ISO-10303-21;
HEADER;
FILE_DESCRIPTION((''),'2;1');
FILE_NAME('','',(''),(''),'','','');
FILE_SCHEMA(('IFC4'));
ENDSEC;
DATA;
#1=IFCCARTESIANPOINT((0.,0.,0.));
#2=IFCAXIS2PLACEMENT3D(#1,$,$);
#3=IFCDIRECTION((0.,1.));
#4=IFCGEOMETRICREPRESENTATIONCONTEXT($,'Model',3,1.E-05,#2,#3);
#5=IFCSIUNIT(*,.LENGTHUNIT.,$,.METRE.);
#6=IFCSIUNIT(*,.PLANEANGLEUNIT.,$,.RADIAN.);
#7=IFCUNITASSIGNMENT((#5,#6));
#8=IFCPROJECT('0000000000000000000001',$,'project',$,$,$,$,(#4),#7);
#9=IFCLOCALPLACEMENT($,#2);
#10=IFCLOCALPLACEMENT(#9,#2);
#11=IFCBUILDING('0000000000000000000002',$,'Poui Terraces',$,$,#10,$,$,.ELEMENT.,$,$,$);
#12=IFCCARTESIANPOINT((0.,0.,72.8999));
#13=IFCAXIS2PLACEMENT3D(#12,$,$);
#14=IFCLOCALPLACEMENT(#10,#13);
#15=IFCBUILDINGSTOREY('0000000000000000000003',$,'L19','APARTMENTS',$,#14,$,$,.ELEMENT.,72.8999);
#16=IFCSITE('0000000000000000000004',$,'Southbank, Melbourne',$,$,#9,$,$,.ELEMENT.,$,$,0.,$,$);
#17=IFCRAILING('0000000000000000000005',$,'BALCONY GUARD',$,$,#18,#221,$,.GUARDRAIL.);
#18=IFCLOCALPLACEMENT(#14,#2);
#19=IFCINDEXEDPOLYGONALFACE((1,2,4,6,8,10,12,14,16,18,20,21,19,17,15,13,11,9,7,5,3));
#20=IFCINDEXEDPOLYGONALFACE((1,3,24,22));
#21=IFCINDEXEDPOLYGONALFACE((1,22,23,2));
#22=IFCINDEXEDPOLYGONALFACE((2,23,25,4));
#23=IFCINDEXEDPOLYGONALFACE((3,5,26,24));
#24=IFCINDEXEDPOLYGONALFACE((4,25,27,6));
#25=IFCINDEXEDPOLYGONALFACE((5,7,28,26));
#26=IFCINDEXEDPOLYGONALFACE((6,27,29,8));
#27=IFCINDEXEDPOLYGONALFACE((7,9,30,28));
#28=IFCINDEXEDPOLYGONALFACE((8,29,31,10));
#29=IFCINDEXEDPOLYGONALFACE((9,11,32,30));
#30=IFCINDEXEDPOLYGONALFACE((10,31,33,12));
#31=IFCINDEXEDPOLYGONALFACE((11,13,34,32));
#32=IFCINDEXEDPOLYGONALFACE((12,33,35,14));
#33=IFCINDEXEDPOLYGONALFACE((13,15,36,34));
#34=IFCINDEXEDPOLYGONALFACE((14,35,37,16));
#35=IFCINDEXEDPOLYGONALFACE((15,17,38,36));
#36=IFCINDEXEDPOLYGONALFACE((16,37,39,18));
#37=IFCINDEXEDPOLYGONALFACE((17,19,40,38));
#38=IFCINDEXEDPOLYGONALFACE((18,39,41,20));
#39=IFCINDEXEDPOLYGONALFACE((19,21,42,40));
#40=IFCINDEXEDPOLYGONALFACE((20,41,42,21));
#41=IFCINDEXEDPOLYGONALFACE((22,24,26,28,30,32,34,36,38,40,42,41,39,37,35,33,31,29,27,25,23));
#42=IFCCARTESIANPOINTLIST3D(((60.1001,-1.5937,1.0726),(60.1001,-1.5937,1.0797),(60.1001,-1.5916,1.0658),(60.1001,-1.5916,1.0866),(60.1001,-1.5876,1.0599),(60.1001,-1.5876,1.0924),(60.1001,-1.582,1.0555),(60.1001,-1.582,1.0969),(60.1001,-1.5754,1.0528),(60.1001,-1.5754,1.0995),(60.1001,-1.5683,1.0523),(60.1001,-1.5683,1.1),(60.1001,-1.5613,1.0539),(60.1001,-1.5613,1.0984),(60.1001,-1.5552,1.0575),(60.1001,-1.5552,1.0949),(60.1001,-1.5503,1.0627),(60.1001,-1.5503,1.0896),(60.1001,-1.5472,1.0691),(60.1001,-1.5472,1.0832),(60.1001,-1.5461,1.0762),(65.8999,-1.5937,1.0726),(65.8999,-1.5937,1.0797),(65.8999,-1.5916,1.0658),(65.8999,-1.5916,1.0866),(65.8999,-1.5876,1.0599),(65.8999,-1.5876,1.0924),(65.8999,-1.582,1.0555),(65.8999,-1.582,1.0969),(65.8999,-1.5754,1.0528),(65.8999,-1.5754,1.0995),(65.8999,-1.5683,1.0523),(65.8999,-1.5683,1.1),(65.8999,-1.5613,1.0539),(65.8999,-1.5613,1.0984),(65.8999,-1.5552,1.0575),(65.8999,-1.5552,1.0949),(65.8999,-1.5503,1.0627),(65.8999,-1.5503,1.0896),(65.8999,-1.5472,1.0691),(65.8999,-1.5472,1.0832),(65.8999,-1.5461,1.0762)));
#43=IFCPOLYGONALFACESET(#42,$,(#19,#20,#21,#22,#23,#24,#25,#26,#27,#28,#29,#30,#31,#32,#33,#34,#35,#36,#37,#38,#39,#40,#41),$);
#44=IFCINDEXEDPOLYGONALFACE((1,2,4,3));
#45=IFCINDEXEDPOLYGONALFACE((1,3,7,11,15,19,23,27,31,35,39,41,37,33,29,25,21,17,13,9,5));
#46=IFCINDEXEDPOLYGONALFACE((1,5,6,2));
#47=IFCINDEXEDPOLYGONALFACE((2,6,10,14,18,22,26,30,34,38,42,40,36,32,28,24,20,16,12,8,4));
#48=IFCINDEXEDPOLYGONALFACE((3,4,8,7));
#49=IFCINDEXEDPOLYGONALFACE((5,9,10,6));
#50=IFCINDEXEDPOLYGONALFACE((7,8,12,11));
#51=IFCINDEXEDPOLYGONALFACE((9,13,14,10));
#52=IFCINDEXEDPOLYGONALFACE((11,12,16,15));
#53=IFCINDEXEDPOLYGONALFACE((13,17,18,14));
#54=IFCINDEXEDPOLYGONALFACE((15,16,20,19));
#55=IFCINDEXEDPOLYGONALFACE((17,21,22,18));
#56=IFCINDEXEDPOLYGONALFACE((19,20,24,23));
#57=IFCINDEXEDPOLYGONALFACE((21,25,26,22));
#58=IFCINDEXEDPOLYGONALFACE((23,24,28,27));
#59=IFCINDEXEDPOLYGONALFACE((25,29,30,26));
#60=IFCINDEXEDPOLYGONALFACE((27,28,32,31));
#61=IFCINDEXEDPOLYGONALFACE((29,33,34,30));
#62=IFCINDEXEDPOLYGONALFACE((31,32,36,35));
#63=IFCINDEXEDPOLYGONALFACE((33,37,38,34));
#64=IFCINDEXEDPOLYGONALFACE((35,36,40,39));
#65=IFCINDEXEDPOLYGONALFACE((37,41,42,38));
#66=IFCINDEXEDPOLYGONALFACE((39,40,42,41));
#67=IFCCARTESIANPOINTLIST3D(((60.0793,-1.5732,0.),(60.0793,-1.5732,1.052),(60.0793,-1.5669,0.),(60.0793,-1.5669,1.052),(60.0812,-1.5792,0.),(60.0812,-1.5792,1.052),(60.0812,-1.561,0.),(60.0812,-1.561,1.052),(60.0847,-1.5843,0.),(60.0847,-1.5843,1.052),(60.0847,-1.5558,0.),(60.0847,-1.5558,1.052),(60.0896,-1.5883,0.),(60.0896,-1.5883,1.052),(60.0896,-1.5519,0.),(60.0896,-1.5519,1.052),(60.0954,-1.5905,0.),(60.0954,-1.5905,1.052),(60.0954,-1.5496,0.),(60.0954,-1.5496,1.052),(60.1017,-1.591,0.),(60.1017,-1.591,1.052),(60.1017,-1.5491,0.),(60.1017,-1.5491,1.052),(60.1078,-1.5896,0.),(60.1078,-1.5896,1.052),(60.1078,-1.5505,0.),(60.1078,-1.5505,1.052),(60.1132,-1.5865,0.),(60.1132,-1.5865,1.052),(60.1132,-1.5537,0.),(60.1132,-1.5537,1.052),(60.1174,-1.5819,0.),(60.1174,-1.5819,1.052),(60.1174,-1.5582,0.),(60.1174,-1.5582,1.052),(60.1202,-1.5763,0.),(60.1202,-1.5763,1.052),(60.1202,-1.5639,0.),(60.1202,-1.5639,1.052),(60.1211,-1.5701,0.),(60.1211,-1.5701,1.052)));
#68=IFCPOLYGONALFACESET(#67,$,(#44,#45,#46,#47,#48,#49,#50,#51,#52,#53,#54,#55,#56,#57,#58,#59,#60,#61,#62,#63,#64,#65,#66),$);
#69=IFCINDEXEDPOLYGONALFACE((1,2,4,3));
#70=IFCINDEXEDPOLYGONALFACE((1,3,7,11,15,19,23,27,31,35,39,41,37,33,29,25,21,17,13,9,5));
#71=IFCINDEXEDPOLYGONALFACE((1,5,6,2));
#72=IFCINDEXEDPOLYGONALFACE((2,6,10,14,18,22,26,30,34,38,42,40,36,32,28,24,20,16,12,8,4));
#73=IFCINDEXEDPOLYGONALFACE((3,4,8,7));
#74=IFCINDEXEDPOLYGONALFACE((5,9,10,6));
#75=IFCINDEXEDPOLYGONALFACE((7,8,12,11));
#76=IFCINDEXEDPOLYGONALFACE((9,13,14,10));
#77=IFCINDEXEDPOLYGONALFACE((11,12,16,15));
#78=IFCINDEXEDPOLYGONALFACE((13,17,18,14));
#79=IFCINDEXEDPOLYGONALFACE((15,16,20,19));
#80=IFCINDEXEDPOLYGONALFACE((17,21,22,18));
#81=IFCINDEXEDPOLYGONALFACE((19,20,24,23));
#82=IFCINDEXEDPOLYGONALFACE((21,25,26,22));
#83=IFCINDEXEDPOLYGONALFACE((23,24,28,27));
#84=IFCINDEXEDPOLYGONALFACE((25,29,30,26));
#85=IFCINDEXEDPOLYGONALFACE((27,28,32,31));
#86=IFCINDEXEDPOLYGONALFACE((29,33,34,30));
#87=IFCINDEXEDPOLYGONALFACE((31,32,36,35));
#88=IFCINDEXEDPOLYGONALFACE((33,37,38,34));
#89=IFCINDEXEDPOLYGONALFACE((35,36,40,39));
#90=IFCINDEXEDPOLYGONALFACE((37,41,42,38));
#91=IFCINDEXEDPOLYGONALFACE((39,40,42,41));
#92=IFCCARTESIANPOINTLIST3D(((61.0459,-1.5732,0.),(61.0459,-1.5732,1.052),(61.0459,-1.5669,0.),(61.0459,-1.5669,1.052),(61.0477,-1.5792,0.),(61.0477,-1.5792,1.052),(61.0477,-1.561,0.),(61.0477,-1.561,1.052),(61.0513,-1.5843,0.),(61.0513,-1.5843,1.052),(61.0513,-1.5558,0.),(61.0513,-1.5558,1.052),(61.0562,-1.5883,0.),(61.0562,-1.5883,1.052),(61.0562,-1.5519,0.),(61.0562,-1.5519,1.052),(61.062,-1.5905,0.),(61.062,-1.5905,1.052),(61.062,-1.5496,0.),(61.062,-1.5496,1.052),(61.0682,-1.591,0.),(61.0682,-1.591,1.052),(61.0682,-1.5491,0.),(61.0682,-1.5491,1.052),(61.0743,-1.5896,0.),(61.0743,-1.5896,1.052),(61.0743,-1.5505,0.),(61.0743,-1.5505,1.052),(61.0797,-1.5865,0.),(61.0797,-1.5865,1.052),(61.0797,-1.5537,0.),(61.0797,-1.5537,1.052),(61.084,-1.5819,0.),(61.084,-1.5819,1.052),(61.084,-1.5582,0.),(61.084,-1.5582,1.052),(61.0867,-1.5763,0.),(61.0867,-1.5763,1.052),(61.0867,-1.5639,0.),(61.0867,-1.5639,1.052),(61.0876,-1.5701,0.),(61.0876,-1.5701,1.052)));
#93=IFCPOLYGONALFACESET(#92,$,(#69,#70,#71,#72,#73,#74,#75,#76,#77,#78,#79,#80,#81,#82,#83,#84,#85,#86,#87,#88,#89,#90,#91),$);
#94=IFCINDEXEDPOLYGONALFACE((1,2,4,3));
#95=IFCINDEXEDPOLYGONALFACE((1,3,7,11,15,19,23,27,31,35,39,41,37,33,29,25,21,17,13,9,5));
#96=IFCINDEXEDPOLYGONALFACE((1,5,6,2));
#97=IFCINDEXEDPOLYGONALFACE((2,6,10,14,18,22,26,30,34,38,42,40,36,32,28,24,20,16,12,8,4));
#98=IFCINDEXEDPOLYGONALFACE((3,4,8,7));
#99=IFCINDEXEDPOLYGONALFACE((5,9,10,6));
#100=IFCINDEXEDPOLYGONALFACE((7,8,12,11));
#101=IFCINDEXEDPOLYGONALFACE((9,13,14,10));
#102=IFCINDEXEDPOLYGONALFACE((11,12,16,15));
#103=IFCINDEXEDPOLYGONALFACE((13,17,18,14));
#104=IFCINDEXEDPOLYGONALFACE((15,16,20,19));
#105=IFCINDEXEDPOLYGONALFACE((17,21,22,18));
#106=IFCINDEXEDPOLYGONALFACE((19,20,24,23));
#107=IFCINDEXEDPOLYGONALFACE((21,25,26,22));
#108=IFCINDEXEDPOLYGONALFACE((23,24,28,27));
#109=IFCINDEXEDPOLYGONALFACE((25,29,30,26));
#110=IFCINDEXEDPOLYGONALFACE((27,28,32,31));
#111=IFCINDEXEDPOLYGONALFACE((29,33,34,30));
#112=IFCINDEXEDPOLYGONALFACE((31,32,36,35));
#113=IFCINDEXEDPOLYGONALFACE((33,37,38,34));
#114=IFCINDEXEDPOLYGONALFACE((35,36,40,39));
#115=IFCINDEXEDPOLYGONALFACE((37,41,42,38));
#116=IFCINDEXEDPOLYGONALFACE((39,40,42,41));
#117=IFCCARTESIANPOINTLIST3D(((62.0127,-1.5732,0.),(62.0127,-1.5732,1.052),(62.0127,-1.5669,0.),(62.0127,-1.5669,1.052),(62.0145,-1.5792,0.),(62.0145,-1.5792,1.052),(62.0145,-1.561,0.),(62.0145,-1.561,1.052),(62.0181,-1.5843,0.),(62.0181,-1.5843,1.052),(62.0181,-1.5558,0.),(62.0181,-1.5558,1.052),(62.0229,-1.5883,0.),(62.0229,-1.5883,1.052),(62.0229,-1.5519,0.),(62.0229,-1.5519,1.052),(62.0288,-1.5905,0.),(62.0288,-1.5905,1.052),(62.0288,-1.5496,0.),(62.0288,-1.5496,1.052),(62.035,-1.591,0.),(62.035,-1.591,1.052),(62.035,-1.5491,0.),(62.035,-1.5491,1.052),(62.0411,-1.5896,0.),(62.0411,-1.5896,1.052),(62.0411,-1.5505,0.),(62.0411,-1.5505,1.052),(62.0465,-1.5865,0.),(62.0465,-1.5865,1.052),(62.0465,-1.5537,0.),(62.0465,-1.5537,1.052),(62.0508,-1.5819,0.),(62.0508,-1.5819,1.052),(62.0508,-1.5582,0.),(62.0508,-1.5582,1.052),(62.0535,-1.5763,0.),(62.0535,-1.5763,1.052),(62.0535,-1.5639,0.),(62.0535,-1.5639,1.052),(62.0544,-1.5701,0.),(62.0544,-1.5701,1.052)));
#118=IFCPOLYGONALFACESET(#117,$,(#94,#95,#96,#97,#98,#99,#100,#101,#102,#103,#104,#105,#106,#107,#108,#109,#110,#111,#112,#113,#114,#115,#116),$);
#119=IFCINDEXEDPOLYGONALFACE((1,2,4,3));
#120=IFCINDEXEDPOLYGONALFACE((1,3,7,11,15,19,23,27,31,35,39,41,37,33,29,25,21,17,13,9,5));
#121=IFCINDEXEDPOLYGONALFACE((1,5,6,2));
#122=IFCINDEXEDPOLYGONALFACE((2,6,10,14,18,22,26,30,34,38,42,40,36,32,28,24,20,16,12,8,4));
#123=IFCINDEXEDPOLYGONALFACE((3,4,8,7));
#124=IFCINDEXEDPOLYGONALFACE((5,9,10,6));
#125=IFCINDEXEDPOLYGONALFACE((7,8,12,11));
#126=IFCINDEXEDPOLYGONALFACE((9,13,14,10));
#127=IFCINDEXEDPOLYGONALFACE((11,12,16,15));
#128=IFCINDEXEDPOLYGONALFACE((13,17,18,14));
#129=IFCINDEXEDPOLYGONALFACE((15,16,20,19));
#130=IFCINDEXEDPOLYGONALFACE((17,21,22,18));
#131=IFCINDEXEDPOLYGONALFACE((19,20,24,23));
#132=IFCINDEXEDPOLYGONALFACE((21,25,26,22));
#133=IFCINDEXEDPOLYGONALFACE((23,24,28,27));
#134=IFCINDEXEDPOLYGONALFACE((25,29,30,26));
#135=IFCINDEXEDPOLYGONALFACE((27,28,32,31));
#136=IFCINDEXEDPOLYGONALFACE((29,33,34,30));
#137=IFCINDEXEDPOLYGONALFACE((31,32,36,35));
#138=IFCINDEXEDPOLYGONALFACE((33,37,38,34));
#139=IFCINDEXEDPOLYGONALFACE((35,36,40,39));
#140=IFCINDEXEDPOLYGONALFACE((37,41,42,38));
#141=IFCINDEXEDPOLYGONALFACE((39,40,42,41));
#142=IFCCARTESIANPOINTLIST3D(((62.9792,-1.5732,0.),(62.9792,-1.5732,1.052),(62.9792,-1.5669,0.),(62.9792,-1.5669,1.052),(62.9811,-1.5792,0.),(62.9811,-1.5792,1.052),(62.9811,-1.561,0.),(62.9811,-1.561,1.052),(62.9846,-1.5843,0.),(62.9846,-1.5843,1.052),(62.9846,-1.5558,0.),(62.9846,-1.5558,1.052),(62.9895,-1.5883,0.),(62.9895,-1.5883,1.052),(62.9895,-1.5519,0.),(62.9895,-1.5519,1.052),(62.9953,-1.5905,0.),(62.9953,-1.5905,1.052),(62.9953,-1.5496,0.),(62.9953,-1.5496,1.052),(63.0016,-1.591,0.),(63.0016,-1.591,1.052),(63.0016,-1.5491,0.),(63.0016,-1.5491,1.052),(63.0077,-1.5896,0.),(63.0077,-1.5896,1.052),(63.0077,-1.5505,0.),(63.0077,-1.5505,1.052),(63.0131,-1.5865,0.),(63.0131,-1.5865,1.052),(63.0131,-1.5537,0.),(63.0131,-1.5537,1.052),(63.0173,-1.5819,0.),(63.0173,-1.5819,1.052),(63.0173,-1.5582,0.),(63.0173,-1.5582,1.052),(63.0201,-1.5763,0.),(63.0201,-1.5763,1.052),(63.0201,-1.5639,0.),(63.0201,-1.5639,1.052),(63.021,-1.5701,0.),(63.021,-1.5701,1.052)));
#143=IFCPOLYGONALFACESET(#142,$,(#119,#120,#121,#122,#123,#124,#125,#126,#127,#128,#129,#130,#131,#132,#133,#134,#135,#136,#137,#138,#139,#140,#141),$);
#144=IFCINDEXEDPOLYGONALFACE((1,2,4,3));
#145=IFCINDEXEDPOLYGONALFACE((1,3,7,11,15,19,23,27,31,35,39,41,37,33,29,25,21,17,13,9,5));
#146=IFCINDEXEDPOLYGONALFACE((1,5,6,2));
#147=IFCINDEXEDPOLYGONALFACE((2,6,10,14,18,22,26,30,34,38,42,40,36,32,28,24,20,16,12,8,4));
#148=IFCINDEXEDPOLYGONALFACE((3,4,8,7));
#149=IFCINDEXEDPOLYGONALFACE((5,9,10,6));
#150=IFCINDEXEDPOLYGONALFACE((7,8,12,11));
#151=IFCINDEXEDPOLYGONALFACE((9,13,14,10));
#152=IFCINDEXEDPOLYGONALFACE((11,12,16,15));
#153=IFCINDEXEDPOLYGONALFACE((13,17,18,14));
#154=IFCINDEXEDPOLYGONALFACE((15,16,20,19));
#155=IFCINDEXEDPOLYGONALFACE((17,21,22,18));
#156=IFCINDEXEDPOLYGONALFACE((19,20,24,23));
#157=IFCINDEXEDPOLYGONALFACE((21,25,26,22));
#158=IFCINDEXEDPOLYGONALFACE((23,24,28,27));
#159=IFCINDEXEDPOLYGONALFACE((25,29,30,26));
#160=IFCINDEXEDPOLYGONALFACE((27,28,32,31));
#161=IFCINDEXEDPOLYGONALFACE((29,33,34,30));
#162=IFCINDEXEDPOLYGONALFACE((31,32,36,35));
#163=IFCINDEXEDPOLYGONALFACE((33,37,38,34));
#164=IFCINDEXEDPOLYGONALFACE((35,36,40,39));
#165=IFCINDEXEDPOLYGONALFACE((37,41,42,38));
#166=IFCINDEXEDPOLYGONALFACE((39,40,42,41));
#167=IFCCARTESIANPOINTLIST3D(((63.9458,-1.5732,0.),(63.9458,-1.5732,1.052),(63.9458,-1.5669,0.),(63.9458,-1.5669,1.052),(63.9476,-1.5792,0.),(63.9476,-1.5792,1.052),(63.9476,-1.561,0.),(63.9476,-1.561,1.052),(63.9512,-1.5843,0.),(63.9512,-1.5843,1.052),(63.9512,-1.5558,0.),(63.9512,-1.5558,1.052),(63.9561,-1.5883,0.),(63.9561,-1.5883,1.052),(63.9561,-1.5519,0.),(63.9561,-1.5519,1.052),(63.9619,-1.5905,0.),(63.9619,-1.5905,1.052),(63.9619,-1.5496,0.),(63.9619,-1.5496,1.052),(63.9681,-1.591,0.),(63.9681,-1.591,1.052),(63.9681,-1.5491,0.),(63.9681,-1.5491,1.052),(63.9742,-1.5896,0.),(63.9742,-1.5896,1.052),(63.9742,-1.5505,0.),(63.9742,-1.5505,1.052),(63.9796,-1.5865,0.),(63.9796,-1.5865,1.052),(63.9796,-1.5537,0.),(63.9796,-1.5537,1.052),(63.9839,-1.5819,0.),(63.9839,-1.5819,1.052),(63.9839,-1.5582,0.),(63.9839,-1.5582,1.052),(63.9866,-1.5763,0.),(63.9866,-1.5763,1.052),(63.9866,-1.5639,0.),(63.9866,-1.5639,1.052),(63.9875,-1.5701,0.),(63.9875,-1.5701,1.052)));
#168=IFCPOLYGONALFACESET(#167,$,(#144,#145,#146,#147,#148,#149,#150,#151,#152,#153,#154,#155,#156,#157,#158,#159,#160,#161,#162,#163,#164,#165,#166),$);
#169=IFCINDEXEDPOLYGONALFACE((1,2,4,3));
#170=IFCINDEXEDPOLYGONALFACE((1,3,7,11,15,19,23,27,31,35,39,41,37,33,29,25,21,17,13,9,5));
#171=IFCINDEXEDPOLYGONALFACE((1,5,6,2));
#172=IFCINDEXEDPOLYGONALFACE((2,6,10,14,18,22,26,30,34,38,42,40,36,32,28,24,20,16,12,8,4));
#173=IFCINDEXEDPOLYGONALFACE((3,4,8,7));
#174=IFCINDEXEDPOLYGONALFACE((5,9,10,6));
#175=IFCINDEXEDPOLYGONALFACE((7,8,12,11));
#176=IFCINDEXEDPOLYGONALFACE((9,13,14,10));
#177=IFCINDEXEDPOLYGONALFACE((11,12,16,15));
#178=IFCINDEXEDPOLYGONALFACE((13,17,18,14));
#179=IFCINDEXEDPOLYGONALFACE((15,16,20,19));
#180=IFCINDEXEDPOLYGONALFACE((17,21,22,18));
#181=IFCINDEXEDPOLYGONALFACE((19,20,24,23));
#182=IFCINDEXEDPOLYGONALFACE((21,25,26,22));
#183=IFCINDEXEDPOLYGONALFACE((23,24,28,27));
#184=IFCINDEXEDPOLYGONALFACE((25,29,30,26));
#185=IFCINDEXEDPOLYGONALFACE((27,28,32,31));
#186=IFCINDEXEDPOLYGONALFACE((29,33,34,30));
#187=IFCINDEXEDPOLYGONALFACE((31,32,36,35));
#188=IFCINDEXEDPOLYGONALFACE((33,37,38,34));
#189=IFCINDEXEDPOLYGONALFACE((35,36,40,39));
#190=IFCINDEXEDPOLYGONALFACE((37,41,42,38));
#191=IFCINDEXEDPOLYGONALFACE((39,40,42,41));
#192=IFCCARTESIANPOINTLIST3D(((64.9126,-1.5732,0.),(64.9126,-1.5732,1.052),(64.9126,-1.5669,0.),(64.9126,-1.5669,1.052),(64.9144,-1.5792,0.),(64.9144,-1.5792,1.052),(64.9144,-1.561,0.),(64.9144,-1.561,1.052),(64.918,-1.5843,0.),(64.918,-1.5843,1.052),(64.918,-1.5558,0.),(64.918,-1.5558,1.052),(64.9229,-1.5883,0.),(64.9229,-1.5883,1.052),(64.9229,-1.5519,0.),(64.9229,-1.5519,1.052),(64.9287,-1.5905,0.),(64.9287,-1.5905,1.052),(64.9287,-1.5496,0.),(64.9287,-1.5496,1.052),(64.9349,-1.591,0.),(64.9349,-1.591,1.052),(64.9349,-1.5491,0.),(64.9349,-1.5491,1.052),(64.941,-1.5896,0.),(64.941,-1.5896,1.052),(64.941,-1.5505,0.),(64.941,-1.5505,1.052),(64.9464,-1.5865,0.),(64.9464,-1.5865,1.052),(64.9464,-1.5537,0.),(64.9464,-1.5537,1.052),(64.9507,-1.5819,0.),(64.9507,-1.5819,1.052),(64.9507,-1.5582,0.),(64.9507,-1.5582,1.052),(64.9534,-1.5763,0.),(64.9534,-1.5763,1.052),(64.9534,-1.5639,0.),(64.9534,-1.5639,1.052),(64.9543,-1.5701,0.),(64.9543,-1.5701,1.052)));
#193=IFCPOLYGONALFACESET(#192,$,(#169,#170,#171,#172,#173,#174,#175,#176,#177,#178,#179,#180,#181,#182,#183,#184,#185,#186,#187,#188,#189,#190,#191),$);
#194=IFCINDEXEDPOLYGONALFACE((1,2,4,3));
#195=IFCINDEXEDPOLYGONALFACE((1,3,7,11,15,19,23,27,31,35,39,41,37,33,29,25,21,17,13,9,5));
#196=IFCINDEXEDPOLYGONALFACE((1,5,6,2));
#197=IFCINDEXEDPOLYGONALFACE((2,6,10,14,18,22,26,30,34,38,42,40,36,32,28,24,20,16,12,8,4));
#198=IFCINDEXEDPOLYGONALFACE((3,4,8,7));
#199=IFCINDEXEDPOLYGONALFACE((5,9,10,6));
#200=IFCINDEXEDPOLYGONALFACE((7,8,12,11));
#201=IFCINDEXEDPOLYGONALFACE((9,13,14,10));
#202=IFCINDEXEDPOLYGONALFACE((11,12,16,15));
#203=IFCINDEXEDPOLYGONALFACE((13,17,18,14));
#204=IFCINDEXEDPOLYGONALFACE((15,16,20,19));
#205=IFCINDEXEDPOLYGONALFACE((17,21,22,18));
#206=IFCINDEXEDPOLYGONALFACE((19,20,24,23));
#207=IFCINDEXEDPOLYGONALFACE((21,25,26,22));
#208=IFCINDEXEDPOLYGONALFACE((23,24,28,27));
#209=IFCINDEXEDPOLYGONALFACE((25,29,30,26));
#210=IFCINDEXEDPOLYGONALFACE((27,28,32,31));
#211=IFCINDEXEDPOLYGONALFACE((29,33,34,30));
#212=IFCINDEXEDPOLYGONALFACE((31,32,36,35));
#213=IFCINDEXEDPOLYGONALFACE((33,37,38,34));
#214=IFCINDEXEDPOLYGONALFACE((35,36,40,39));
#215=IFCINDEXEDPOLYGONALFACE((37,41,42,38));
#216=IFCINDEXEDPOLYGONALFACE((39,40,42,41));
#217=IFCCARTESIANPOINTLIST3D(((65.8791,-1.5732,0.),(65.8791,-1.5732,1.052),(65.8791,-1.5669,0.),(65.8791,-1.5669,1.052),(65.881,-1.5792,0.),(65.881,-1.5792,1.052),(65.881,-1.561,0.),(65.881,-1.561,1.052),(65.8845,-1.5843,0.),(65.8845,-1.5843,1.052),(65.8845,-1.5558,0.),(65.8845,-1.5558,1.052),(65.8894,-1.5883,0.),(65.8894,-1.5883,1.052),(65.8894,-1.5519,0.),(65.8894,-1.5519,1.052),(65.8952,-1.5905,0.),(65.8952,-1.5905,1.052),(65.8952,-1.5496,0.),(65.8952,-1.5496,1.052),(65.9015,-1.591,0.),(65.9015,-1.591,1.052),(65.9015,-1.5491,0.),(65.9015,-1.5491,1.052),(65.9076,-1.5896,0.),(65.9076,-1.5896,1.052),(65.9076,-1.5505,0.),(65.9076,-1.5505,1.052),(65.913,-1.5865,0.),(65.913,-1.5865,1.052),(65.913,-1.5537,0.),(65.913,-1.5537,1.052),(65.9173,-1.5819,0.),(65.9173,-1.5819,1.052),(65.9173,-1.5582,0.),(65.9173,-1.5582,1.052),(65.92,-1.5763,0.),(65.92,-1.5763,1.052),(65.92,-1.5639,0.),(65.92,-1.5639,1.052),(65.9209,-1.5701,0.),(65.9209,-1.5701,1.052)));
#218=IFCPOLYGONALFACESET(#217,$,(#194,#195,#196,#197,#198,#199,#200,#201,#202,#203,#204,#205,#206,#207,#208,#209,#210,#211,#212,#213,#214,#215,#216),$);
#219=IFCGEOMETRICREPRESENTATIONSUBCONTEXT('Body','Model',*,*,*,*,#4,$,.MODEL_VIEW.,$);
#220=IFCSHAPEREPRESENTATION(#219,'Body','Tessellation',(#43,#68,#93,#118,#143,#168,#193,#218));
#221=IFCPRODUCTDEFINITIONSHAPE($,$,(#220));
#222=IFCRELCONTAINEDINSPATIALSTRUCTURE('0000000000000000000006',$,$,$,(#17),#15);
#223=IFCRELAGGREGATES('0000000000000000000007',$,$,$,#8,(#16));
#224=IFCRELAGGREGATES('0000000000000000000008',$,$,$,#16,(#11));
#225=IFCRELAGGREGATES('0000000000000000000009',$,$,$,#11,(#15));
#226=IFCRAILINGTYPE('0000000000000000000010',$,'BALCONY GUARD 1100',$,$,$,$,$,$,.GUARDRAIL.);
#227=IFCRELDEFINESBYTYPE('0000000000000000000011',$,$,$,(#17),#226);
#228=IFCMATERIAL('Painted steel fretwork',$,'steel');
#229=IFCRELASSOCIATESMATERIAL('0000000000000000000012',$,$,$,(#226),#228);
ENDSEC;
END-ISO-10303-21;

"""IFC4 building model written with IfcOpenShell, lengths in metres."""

from ifc_helpers import new_model, si_unit, direction, frame, origin, origin_2d, place, context, subcontext, project, spatial, circle, extrude, material, type_object, element, save


model = new_model("IFC4")

# Units and contexts
model_context = context("Model", 3, precision=1e-05, world=origin(), true_north=direction((0.0, 1.0)))
body_context = subcontext(model_context, "Body", "Model", "MODEL_VIEW")
ifc_project = project(units=[si_unit("LENGTHUNIT", "METRE"), si_unit("PLANEANGLEUNIT", "RADIAN")], contexts=[model_context])

# Site, building, storey
site_placement = place(None, origin())
site = spatial("IfcSite", under=ifc_project, at=site_placement, Name="Southbank, Melbourne", CompositionType="ELEMENT", RefElevation=0.0)
building_placement = place(site_placement, origin())
building = spatial("IfcBuilding", under=site, at=building_placement, Name="Poui Terraces", CompositionType="ELEMENT")
storey_placement = place(building_placement, frame((0.0, 0.0, 72.8999)))
storey = spatial("IfcBuildingStorey", under=building, at=storey_placement, Name="L19", Description="APARTMENTS", CompositionType="ELEMENT", Elevation=72.8999)

# Railing
ifc_material_1 = material(Name="Painted steel fretwork", Category="steel")
railing_type = type_object("IfcRailingType", Name="BALCONY GUARD 1100", PredefinedType="GUARDRAIL", material=ifc_material_1)
railing_placement = place(storey_placement, frame((60.1001, -1.5701, 0.0)))
element("IfcRailing", 1, at=railing_placement, inside=storey, type_object=railing_type, Name="BALCONY GUARD", PredefinedType="GUARDRAIL", context=body_context, shape_type="SweptSolid", body=[
    extrude(circle(Radius=0.0239, at=origin_2d()), frame((0.0, 0.0, 1.0762), z_axis=(1.0, 0.0, 0.0), x_axis=(0.0, 1.0, 0.0)), (0.0, 0.0, 1.0), 5.7998),
    extrude(circle(Radius=0.021, at=origin_2d()), origin(), (0.0, 0.0, 1.0), 1.052),
    extrude(circle(Radius=0.021, at=origin_2d()), frame((0.9666, 0.0, 0.0)), (0.0, 0.0, 1.0), 1.052),
    extrude(circle(Radius=0.021, at=origin_2d()), frame((1.9333, 0.0, 0.0)), (0.0, 0.0, 1.0), 1.052),
    extrude(circle(Radius=0.021, at=origin_2d()), frame((2.8999, 0.0, 0.0)), (0.0, 0.0, 1.0), 1.052),
    extrude(circle(Radius=0.021, at=origin_2d()), frame((3.8665, 0.0, 0.0)), (0.0, 0.0, 1.0), 1.052),
    extrude(circle(Radius=0.021, at=origin_2d()), frame((4.8333, 0.0, 0.0)), (0.0, 0.0, 1.0), 1.052),
    extrude(circle(Radius=0.021, at=origin_2d()), frame((5.7998, 0.0, 0.0)), (0.0, 0.0, 1.0), 1.052),
])

save(model, "model.ifc")
